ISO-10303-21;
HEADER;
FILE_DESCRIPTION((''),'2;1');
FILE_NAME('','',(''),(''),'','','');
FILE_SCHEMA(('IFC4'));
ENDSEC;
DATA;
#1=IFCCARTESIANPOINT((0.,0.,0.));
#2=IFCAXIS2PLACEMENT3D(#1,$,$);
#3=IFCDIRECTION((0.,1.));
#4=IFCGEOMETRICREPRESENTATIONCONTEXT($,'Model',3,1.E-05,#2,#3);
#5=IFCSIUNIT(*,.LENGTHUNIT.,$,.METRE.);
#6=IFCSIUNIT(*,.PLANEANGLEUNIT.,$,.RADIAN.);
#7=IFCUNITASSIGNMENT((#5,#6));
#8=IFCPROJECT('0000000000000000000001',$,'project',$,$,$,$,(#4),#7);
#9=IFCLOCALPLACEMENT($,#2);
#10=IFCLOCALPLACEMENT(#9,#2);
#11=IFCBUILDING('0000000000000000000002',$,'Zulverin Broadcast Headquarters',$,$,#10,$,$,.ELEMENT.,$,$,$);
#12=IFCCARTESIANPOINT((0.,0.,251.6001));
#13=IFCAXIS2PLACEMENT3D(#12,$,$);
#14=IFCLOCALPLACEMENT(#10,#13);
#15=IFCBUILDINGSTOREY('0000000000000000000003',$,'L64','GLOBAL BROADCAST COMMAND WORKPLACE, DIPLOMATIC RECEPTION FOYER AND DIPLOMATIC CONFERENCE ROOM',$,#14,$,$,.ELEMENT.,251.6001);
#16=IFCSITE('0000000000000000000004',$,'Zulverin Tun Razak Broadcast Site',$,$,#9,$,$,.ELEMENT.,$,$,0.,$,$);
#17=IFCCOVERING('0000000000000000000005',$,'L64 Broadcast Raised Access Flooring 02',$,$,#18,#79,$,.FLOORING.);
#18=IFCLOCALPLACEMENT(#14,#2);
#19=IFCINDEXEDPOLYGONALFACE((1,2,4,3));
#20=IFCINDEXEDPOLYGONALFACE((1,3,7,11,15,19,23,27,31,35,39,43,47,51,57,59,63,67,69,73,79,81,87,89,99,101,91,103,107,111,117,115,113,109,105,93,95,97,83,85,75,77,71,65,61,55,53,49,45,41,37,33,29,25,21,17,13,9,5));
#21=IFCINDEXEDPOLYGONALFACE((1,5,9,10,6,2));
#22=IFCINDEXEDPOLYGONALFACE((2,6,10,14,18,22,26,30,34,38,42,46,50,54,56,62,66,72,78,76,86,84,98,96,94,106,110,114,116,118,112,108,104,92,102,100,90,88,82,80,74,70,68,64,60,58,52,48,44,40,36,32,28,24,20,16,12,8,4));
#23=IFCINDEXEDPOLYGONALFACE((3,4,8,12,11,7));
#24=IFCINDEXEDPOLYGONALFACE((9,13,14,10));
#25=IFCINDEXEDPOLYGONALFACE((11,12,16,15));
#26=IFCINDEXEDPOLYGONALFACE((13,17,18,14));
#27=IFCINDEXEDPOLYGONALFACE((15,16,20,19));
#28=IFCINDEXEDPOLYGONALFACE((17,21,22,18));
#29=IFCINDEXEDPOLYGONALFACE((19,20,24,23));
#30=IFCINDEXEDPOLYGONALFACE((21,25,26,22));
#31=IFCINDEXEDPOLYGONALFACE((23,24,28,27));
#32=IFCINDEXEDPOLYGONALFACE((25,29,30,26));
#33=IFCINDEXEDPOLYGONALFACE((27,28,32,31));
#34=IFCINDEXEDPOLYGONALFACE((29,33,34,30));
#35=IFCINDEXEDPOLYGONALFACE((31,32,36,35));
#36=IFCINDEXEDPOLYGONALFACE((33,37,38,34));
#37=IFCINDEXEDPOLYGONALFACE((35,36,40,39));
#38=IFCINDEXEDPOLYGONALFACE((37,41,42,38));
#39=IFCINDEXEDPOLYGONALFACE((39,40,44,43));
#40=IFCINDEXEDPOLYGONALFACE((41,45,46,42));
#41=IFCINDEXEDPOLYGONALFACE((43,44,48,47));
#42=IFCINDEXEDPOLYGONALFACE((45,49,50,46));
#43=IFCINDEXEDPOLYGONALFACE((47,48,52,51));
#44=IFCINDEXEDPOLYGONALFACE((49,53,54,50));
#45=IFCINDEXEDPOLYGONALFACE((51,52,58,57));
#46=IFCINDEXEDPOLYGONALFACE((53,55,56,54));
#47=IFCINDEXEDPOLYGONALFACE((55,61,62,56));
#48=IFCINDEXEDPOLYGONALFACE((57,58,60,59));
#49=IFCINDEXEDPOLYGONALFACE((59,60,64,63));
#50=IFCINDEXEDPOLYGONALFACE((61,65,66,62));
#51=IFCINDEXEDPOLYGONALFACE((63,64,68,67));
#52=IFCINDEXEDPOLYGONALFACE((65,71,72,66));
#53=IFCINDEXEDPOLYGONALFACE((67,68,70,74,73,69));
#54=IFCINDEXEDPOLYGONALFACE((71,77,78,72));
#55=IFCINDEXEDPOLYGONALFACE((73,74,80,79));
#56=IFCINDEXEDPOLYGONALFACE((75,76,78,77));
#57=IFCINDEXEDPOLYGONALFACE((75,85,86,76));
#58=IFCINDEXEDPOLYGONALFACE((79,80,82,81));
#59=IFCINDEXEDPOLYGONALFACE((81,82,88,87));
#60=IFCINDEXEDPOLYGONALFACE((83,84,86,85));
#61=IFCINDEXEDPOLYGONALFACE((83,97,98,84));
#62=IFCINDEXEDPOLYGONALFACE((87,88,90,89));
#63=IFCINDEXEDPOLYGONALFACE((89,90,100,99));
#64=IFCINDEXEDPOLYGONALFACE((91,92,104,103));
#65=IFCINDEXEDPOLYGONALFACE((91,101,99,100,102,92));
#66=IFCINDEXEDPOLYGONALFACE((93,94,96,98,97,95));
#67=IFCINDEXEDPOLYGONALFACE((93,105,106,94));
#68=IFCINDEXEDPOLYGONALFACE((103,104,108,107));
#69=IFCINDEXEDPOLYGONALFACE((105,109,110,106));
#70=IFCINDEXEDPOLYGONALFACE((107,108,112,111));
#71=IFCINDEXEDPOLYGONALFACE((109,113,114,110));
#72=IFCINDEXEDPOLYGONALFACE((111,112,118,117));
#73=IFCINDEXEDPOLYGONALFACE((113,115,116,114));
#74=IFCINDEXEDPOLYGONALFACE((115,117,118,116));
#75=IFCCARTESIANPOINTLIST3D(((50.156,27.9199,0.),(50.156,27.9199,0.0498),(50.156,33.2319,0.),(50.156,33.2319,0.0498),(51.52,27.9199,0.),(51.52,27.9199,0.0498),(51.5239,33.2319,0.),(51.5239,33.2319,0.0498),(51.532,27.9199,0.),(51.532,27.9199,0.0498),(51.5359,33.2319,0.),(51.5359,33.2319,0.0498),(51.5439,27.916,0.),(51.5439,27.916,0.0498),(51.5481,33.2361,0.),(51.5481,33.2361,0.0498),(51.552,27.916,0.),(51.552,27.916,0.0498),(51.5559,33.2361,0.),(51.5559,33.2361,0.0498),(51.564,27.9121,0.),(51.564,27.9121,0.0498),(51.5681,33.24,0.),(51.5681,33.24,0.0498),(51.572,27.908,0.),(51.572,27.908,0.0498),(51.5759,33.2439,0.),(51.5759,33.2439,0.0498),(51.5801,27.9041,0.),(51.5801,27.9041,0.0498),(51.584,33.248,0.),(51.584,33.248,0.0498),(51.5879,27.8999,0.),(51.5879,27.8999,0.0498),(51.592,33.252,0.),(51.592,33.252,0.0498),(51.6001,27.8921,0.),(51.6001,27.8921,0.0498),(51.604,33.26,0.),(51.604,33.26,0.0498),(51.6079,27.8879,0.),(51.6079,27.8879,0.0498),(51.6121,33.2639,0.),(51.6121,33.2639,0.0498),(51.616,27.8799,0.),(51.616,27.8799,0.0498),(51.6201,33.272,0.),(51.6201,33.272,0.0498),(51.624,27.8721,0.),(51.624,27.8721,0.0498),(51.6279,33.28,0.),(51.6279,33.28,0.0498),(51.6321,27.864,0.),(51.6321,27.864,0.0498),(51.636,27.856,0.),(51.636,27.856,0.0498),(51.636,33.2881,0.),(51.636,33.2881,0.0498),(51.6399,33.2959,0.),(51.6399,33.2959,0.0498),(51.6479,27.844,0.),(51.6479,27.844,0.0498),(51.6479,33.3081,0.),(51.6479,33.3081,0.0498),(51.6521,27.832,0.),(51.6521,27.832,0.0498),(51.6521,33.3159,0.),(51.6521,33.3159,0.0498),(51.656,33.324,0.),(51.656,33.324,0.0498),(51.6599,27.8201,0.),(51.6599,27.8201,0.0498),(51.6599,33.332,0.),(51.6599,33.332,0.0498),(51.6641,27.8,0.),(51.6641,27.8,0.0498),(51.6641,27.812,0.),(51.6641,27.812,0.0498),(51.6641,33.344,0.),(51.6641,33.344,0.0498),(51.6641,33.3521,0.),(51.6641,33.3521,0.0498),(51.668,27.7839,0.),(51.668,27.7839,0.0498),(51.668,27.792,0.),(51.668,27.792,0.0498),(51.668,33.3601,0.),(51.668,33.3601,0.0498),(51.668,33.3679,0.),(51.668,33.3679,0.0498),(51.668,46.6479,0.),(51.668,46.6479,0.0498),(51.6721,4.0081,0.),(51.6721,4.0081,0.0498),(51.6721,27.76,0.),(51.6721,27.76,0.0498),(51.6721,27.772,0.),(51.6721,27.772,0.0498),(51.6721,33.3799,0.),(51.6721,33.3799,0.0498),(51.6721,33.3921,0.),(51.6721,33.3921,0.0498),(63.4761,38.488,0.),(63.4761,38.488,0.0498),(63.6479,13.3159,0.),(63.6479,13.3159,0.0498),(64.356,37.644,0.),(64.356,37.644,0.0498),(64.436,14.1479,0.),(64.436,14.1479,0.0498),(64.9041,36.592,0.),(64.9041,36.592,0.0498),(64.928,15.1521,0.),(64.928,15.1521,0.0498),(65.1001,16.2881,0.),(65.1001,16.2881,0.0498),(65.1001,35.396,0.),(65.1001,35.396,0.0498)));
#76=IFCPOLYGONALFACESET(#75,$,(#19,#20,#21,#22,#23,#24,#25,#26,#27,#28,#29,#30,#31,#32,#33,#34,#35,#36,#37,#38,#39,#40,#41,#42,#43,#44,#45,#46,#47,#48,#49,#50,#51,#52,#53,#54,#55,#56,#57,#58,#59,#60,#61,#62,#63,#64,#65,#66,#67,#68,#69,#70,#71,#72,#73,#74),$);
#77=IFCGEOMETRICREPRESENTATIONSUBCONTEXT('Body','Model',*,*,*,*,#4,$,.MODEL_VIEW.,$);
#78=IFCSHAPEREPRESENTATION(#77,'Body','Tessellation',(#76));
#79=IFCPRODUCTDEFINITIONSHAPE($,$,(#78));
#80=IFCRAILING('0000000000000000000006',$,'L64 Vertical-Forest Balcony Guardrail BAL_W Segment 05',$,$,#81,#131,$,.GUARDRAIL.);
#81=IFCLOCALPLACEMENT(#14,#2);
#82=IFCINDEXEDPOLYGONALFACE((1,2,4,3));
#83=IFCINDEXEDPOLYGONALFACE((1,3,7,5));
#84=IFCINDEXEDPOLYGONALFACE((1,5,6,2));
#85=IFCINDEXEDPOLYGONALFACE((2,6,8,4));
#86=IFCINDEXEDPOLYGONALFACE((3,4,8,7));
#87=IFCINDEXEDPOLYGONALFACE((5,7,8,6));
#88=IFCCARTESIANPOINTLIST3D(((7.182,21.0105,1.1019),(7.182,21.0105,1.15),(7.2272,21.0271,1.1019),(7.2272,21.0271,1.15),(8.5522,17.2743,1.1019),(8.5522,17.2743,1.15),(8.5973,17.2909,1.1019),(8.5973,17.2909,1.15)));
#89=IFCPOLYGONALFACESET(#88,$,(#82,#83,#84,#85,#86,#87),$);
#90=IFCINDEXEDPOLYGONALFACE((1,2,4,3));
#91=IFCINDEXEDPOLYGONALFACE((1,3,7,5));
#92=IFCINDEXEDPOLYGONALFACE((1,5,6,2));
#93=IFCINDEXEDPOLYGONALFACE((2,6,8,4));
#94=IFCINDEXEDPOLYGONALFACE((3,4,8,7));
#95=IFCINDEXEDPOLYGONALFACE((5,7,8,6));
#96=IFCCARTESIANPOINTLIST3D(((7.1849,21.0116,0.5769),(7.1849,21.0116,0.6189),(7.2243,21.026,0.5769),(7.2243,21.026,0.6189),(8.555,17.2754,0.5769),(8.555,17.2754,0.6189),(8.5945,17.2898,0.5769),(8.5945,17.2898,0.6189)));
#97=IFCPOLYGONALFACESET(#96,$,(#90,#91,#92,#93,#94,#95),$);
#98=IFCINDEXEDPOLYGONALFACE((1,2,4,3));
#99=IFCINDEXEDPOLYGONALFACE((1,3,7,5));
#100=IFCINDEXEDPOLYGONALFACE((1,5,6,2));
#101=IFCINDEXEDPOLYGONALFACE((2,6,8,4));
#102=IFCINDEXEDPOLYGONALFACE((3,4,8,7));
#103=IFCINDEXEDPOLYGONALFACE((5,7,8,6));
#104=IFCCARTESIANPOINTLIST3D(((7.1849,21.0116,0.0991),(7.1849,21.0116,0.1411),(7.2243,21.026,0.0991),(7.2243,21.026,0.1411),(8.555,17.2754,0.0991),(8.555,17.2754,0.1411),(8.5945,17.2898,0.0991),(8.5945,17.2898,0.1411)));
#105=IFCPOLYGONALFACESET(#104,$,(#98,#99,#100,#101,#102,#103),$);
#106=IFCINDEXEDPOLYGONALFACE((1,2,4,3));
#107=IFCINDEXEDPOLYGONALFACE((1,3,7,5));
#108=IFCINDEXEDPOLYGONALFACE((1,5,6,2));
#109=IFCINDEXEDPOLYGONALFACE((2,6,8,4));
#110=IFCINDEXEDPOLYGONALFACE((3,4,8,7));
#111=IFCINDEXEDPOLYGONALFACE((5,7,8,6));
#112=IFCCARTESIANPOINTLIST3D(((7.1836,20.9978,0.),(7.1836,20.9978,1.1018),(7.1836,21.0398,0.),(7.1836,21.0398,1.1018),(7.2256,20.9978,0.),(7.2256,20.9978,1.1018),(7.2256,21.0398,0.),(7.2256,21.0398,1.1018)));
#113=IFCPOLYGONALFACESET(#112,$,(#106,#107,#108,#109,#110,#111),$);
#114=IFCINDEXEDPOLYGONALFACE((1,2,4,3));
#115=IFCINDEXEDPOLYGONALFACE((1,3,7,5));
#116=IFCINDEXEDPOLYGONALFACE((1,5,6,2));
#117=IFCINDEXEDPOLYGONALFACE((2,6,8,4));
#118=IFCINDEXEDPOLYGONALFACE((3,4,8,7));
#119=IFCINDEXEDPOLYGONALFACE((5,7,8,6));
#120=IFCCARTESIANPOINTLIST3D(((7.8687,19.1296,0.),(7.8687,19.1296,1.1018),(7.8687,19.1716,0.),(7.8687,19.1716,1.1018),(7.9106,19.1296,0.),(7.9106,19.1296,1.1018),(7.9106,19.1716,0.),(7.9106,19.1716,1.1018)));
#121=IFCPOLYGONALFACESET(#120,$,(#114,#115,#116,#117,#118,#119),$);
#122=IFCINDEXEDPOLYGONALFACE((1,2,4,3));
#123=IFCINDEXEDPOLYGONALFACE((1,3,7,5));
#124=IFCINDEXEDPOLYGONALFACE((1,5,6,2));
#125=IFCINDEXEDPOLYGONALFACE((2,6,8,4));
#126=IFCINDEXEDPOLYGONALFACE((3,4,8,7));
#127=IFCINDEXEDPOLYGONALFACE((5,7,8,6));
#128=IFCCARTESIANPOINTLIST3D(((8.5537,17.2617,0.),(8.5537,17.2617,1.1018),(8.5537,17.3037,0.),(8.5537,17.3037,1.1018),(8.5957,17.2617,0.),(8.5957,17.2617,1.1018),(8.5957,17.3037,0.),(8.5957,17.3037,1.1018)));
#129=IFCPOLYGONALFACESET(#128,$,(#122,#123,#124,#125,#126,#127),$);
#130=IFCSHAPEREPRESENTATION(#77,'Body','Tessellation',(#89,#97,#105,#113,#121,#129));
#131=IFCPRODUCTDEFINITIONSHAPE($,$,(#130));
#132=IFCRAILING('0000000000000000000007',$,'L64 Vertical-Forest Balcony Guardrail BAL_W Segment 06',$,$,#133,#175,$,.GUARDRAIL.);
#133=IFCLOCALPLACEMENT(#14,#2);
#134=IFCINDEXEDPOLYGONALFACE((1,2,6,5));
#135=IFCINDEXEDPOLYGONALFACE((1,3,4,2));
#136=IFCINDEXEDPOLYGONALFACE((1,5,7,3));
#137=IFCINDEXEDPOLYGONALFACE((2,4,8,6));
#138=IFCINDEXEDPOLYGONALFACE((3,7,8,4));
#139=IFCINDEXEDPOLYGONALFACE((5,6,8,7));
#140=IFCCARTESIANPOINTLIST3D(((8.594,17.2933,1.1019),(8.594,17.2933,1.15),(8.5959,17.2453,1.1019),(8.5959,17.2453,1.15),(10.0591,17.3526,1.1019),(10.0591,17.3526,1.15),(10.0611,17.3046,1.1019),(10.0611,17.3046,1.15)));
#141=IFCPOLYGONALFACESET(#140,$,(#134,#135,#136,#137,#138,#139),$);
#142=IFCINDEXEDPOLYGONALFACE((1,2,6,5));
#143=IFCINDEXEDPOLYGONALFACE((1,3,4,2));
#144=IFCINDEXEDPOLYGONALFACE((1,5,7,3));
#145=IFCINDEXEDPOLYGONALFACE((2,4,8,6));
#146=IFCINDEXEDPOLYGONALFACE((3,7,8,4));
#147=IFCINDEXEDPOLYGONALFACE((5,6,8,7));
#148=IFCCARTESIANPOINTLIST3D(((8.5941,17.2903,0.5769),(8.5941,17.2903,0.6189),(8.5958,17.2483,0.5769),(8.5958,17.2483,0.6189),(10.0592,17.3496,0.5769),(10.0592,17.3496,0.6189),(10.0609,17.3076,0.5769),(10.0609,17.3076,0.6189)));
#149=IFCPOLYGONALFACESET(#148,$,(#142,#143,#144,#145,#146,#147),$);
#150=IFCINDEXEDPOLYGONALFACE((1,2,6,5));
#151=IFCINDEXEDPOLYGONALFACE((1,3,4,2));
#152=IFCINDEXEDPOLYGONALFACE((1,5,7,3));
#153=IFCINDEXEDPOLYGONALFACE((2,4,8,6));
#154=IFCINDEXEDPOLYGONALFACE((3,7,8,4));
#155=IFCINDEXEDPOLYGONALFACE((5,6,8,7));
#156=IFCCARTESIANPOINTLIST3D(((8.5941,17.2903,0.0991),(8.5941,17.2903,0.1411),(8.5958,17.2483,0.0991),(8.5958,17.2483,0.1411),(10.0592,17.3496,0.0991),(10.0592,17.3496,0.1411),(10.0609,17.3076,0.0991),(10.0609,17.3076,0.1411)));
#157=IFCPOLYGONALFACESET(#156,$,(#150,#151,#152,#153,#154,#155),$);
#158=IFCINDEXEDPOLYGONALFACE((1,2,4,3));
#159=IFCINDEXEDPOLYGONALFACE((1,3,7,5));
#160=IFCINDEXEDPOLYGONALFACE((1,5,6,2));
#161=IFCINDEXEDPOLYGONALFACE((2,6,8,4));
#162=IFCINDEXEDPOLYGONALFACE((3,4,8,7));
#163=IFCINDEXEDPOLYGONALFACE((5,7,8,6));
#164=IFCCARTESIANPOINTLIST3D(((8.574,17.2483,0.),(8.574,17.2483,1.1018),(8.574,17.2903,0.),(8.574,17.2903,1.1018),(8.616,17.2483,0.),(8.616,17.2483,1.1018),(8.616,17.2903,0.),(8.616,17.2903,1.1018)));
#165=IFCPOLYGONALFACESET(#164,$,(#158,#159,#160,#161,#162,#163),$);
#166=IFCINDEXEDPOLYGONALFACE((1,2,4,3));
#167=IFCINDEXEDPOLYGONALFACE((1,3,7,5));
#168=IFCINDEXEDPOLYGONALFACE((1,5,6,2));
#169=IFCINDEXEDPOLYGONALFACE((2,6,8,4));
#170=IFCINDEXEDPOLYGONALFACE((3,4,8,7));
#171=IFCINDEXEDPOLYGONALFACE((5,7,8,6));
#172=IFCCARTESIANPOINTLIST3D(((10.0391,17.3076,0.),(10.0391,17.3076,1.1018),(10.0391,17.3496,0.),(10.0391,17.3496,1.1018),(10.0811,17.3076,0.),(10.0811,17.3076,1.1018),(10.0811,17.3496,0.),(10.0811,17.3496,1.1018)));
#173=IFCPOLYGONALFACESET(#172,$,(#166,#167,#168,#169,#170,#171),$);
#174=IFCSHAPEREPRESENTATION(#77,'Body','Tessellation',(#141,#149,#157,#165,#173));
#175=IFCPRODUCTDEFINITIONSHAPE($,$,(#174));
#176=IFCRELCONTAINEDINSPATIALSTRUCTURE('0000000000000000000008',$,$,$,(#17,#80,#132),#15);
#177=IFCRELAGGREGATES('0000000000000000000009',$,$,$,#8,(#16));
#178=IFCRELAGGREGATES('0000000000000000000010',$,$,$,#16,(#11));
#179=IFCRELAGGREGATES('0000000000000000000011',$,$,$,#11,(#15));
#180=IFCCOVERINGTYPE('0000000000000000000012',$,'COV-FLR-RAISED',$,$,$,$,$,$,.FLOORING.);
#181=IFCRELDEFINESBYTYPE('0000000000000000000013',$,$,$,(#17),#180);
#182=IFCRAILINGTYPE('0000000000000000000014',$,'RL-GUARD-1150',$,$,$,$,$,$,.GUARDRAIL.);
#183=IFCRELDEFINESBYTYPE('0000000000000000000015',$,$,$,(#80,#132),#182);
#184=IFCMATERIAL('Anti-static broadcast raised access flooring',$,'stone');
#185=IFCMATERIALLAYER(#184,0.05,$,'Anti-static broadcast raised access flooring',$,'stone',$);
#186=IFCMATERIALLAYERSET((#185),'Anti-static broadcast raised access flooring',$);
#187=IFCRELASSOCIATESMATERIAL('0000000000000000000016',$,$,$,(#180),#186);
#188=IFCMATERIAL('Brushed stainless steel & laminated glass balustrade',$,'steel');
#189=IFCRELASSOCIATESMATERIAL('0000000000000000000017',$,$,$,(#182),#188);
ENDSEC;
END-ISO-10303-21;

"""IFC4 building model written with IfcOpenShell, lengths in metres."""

from ifc_helpers import new_model, si_unit, direction, frame, origin, origin_2d, place, context, subcontext, project, spatial, polyline, rectangle, outline, extrude, material, layer, layer_set, type_object, element, save


model = new_model("IFC4")

# Units and contexts
model_context = context("Model", 3, precision=1e-05, world=origin(), true_north=direction((0.0, 1.0)))
body_context = subcontext(model_context, "Body", "Model", "MODEL_VIEW")
ifc_project = project(units=[si_unit("LENGTHUNIT", "METRE"), si_unit("PLANEANGLEUNIT", "RADIAN")], contexts=[model_context])

# Site, building, storey
site_placement = place(None, origin())
site = spatial("IfcSite", under=ifc_project, at=site_placement, Name="Zulverin Tun Razak Broadcast Site", CompositionType="ELEMENT", RefElevation=0.0)
building_placement = place(site_placement, origin())
building = spatial("IfcBuilding", under=site, at=building_placement, Name="Zulverin Broadcast Headquarters", CompositionType="ELEMENT")
storey_placement = place(building_placement, frame((0.0, 0.0, 251.6001)))
storey = spatial("IfcBuildingStorey", under=building, at=storey_placement, Name="L64", Description="GLOBAL BROADCAST COMMAND WORKPLACE, DIPLOMATIC RECEPTION FOYER AND DIPLOMATIC CONFERENCE ROOM", CompositionType="ELEMENT", Elevation=251.6001)

# Covering
ifc_material_1 = material(Name="Anti-static broadcast raised access flooring", Category="stone")
ifc_layer_1 = layer(ifc_material_1, 0.05, Name="Anti-static broadcast raised access flooring", Category="stone")
ifc_layer_set_1 = layer_set([ifc_layer_1], Name="Anti-static broadcast raised access flooring")
covering_type_1 = type_object("IfcCoveringType", Name="COV-FLR-RAISED", PredefinedType="FLOORING", material=ifc_layer_set_1)
covering_1_placement = place(storey_placement, origin())
element("IfcCovering", 1, at=covering_1_placement, inside=storey, type_object=covering_type_1, Name="L64 Broadcast Raised Access Flooring 02", PredefinedType="FLOORING", context=body_context, shape_type="SweptSolid", body=[
    extrude(outline(polyline([(51.604, 33.26), (51.592, 33.252), (51.584, 33.248), (51.5759, 33.2439), (51.5681, 33.24), (51.5559, 33.2361), (51.5481, 33.2361), (51.5359, 33.2319), (51.5239, 33.2319), (50.156, 33.2319), (50.156, 27.9199), (51.52, 27.9199), (51.532, 27.9199), (51.5439, 27.916), (51.552, 27.916), (51.564, 27.9121), (51.572, 27.908), (51.5801, 27.9041), (51.5879, 27.8999), (51.6001, 27.8921), (51.6079, 27.8879), (51.616, 27.8799), (51.624, 27.8721), (51.6321, 27.864), (51.636, 27.856), (51.6479, 27.844), (51.6521, 27.832), (51.6599, 27.8201), (51.6641, 27.812), (51.6641, 27.8), (51.668, 27.792), (51.668, 27.7839), (51.6721, 27.772), (51.6721, 27.76), (51.6721, 4.0081), (63.6479, 13.3159), (64.436, 14.1479), (64.928, 15.1521), (65.1001, 16.2881), (65.1001, 35.396), (64.9041, 36.592), (64.356, 37.644), (63.4761, 38.488), (51.668, 46.6479), (51.6721, 33.3921), (51.6721, 33.3799), (51.668, 33.3679), (51.668, 33.3601), (51.6641, 33.3521), (51.6641, 33.344), (51.6599, 33.332), (51.656, 33.324), (51.6521, 33.3159), (51.6479, 33.3081), (51.6399, 33.2959), (51.636, 33.2881), (51.6279, 33.28), (51.6201, 33.272), (51.6121, 33.2639), (51.604, 33.26)])), origin(), (0.0, 0.0, 1.0), 0.0498),
])

# Railings
ifc_material_2 = material(Name="Brushed stainless steel & laminated glass balustrade", Category="steel")
railing_type = type_object("IfcRailingType", Name="RL-GUARD-1150", PredefinedType="GUARDRAIL", material=ifc_material_2)
railing_1_placement = place(storey_placement, frame((7.2046, 21.0188, 0.0)))
element("IfcRailing", 2, at=railing_1_placement, inside=storey, type_object=railing_type, Name="L64 Vertical-Forest Balcony Guardrail BAL_W Segment 05", PredefinedType="GUARDRAIL", context=body_context, shape_type="SweptSolid", body=[
    extrude(rectangle(XDim=0.0481, YDim=0.0481, at=origin_2d()), frame((0.0, 0.0, 1.126), z_axis=(0.344303, -0.938858, 0.0), x_axis=(0.938858, 0.344303, 0.0)), (0.0, 0.0, 1.0), 3.9795),
    extrude(rectangle(XDim=0.042, YDim=0.042, at=origin_2d()), frame((0.0, 0.0, 0.5979), z_axis=(0.344303, -0.938858, 0.0), x_axis=(0.938858, 0.344303, 0.0)), (0.0, 0.0, 1.0), 3.9795),
    extrude(rectangle(XDim=0.042, YDim=0.042, at=origin_2d()), frame((0.0, 0.0, 0.1201), z_axis=(0.344303, -0.938858, 0.0), x_axis=(0.938858, 0.344303, 0.0)), (0.0, 0.0, 1.0), 3.9795),
    extrude(rectangle(XDim=0.042, YDim=0.042, at=origin_2d()), origin(), (0.0, 0.0, 1.0), 1.1018),
    extrude(rectangle(XDim=0.042, YDim=0.042, at=origin_2d()), frame((0.6851, -1.8682, 0.0)), (0.0, 0.0, 1.0), 1.1018),
    extrude(rectangle(XDim=0.042, YDim=0.042, at=origin_2d()), frame((1.3701, -3.7361, 0.0)), (0.0, 0.0, 1.0), 1.1018),
])
railing_2_placement = place(storey_placement, frame((8.595, 17.2693, 0.0)))
element("IfcRailing", 3, at=railing_2_placement, inside=storey, type_object=railing_type, Name="L64 Vertical-Forest Balcony Guardrail BAL_W Segment 06", PredefinedType="GUARDRAIL", context=body_context, shape_type="SweptSolid", body=[
    extrude(rectangle(XDim=0.0481, YDim=0.0481, at=origin_2d()), frame((0.0, 0.0, 1.126), z_axis=(0.999181, 0.04046, 0.0), x_axis=(-0.04046, 0.999181, 0.0)), (0.0, 0.0, 1.0), 1.4663),
    extrude(rectangle(XDim=0.042, YDim=0.042, at=origin_2d()), frame((0.0, 0.0, 0.5979), z_axis=(0.999181, 0.04046, 0.0), x_axis=(-0.04046, 0.999181, 0.0)), (0.0, 0.0, 1.0), 1.4663),
    extrude(rectangle(XDim=0.042, YDim=0.042, at=origin_2d()), frame((0.0, 0.0, 0.1201), z_axis=(0.999181, 0.04046, 0.0), x_axis=(-0.04046, 0.999181, 0.0)), (0.0, 0.0, 1.0), 1.4663),
    extrude(rectangle(XDim=0.042, YDim=0.042, at=origin_2d()), origin(), (0.0, 0.0, 1.0), 1.1018),
    extrude(rectangle(XDim=0.042, YDim=0.042, at=origin_2d()), frame((1.4651, 0.0593, 0.0)), (0.0, 0.0, 1.0), 1.1018),
])

save(model, "model.ifc")
